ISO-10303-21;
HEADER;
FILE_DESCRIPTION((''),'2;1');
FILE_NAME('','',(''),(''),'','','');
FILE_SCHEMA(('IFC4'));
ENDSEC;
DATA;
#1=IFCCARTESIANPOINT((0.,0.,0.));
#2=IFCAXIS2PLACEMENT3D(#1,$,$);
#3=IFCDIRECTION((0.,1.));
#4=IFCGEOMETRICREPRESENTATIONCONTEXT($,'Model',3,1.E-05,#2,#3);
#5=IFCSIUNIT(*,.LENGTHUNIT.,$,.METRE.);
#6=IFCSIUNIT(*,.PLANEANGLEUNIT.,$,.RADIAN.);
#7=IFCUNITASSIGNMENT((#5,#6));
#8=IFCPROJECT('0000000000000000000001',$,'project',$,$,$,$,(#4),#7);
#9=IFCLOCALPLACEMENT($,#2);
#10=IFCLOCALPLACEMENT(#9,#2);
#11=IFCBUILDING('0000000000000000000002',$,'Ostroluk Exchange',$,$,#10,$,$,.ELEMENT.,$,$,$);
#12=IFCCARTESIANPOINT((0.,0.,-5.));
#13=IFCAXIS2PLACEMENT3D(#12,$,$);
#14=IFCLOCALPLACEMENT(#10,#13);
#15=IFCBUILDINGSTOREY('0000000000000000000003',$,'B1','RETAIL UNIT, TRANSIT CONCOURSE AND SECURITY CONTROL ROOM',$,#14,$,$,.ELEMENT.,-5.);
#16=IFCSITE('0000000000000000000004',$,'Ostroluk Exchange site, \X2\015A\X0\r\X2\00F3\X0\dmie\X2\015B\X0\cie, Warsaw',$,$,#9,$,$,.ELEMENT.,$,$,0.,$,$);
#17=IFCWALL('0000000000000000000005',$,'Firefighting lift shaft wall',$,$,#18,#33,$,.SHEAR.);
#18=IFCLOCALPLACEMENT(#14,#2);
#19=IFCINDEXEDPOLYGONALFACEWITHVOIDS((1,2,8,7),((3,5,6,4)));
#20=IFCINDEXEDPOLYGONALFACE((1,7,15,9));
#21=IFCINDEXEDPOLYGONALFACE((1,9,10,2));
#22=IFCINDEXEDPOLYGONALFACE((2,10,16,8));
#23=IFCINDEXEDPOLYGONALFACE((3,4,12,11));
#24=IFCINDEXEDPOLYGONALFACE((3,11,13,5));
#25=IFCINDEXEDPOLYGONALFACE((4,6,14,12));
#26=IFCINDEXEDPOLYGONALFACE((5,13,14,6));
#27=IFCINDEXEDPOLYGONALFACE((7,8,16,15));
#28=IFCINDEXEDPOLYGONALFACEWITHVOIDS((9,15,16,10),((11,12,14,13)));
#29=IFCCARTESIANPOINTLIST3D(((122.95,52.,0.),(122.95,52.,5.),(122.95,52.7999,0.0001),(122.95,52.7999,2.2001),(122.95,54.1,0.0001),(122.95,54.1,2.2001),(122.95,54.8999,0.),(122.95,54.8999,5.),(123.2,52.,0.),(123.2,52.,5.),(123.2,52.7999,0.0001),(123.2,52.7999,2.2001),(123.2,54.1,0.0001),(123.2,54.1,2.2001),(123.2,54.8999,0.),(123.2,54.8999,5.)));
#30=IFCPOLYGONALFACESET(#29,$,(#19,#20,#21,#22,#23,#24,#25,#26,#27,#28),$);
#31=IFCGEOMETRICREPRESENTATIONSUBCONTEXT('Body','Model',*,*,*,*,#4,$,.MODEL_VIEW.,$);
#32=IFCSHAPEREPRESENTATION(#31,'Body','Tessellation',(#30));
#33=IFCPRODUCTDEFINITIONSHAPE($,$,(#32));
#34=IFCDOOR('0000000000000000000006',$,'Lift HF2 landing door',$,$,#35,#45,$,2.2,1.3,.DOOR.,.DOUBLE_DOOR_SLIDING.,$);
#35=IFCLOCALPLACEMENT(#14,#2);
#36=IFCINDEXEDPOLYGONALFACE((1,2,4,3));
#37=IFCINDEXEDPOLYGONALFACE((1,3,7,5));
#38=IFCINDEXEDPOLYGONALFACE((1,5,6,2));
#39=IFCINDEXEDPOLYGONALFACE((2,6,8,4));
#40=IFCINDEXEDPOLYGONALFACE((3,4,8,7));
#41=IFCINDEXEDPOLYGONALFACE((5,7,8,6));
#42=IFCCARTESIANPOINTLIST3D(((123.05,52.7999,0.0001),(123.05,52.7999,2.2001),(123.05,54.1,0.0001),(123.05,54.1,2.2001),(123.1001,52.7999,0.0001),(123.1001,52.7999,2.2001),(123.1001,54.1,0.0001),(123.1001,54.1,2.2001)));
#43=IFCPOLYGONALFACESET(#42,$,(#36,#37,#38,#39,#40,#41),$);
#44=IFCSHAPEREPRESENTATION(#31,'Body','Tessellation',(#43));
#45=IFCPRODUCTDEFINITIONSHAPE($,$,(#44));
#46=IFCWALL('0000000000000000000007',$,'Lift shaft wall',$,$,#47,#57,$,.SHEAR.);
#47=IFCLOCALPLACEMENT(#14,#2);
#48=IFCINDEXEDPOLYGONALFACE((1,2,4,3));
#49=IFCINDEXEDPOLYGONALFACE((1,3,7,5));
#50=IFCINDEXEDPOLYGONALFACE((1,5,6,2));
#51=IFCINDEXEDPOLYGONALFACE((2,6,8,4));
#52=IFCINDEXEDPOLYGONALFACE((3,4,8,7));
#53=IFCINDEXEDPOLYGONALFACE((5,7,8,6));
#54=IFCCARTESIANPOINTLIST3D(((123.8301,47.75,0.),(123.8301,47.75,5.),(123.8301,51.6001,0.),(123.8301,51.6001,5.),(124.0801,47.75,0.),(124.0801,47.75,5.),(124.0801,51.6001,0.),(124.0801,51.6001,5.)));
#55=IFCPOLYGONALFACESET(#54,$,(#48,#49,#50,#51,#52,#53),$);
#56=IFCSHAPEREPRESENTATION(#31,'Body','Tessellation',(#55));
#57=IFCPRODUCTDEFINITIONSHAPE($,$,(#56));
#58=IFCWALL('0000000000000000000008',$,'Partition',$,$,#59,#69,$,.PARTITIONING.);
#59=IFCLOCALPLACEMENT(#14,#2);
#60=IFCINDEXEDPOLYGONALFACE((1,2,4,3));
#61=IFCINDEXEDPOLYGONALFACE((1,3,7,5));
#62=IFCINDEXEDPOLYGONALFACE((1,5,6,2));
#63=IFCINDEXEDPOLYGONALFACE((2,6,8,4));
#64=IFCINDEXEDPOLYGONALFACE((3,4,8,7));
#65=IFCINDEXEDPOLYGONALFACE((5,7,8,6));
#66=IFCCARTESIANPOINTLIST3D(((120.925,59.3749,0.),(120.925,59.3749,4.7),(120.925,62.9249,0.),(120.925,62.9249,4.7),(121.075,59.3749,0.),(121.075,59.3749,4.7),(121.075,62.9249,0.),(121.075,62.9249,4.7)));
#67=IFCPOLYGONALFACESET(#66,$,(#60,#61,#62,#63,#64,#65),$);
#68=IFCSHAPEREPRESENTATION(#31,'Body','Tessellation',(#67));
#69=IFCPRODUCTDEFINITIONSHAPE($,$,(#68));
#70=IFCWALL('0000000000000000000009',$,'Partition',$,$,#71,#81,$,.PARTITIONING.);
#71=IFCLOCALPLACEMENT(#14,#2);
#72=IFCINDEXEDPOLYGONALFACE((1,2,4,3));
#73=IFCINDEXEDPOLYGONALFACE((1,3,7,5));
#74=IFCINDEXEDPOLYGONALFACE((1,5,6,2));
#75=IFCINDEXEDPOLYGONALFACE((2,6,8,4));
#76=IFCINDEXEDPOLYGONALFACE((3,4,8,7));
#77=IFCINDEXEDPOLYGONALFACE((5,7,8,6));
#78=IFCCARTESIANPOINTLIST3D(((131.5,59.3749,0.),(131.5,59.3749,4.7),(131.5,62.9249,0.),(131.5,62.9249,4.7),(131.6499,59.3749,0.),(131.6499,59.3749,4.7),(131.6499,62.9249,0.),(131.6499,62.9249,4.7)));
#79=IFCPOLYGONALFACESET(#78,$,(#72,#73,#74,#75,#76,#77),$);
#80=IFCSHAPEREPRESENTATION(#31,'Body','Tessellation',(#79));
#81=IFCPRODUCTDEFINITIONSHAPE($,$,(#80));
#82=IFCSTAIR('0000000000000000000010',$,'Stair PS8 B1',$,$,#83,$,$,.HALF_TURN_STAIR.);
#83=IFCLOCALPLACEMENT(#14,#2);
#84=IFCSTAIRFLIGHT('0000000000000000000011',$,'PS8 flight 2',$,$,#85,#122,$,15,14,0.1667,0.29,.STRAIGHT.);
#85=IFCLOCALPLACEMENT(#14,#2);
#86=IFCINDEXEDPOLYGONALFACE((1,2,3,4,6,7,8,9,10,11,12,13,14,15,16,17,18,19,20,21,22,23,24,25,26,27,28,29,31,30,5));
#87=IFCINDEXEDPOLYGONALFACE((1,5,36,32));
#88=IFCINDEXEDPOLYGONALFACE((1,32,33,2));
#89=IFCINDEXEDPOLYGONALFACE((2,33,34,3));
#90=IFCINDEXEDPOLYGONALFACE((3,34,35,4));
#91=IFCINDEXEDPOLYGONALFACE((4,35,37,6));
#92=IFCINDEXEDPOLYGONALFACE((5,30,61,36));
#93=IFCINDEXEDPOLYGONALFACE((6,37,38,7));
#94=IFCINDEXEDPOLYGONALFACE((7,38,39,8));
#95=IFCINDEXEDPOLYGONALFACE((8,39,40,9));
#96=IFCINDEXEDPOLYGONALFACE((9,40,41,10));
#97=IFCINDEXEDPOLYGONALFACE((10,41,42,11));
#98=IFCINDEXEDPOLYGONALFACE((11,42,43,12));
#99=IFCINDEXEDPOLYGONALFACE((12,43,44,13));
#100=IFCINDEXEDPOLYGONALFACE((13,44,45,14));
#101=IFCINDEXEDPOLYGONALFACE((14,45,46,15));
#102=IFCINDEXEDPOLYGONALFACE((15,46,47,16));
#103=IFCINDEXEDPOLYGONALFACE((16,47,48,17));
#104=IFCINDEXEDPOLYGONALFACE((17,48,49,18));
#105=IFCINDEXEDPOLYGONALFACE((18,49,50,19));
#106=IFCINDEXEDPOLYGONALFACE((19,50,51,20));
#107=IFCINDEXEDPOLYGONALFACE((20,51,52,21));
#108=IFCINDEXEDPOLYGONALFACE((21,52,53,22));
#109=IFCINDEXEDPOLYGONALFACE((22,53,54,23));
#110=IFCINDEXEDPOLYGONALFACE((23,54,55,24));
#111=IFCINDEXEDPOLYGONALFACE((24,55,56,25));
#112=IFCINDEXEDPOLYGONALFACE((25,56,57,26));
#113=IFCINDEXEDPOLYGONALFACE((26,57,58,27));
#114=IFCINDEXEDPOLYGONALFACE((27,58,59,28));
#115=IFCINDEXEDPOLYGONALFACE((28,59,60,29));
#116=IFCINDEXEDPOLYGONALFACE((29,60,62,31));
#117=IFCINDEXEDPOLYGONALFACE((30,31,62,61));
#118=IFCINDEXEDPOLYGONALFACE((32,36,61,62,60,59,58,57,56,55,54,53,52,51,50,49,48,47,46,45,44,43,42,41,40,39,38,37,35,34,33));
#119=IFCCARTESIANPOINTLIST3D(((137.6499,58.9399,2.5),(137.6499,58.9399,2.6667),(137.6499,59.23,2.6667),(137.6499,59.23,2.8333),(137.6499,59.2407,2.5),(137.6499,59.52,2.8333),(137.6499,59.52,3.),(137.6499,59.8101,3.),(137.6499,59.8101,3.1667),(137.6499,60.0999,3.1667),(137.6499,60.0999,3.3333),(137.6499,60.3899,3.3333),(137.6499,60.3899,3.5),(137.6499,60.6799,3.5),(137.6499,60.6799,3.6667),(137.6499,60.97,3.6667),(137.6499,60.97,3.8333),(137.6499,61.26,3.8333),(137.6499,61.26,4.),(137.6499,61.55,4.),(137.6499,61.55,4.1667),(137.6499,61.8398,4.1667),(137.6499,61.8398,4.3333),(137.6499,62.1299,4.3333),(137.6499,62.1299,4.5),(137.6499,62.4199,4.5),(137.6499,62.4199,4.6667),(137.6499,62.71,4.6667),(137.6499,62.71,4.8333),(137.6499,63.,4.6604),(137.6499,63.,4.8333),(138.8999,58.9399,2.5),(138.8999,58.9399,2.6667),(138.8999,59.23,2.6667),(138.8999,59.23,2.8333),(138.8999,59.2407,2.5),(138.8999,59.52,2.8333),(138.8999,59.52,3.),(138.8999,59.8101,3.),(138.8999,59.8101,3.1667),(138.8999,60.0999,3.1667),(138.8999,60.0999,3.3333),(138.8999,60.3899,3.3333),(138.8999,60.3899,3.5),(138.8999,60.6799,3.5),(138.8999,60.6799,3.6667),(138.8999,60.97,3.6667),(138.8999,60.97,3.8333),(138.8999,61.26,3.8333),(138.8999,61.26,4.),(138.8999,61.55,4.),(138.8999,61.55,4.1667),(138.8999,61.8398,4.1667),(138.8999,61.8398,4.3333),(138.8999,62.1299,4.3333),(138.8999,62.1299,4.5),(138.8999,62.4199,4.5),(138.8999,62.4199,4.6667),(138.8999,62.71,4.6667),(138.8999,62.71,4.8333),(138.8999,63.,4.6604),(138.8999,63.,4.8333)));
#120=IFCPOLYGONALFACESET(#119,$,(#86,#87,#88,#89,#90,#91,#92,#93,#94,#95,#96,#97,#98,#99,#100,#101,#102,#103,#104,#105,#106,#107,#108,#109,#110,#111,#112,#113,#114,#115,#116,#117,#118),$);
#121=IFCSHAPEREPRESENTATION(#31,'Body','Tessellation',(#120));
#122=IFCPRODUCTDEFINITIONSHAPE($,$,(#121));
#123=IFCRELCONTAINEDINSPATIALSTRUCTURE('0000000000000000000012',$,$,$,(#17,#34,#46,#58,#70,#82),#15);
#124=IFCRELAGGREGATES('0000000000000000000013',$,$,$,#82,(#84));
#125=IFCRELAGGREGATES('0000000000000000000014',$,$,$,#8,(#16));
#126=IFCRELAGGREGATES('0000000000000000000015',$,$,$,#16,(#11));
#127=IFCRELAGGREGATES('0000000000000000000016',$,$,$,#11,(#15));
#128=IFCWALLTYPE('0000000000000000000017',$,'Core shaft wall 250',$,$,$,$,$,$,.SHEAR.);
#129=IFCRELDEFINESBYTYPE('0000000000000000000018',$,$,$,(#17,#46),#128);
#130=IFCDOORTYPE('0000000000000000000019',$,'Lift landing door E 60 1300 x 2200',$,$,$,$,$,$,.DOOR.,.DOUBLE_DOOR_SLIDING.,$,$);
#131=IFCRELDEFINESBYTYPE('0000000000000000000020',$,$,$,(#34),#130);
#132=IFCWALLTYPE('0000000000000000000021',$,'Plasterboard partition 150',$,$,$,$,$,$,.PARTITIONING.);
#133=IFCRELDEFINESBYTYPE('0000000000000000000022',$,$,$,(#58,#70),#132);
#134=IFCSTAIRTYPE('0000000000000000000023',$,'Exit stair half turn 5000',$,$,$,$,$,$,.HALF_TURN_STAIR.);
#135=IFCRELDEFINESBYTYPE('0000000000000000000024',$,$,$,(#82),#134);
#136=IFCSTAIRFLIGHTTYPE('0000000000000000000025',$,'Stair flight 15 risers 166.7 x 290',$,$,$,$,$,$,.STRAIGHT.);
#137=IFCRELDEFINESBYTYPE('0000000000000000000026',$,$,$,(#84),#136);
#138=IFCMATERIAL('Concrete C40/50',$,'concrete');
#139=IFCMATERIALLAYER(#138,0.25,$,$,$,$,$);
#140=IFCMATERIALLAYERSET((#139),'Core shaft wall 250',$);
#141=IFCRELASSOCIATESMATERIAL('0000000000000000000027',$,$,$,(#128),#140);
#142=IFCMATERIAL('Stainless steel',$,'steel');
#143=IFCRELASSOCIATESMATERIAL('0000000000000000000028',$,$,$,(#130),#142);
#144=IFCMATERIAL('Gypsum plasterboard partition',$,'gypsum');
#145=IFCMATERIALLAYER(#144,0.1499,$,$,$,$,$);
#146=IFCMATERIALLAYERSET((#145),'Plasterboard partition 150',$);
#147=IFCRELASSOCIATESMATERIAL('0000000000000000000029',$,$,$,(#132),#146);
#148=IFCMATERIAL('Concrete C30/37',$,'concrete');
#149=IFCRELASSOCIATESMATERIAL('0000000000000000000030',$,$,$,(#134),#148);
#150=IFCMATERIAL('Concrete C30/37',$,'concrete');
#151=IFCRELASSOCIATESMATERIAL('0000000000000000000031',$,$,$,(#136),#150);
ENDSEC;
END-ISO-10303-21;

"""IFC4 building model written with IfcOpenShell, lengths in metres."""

from ifc_helpers import new_model, si_unit, direction, frame, frame_2d, origin, place, context, subcontext, project, spatial, polyline, rectangle, outline, extrude, material, layer, layer_set, type_object, element, fill, aggregate, save


model = new_model("IFC4")

# Units and contexts
model_context = context("Model", 3, precision=1e-05, world=origin(), true_north=direction((0.0, 1.0)))
body_context = subcontext(model_context, "Body", "Model", "MODEL_VIEW")
ifc_project = project(units=[si_unit("LENGTHUNIT", "METRE"), si_unit("PLANEANGLEUNIT", "RADIAN")], contexts=[model_context])

# Site, building, storey
site_placement = place(None, origin())
site = spatial("IfcSite", under=ifc_project, at=site_placement, Name="Ostroluk Exchange site, Śródmieście, Warsaw", CompositionType="ELEMENT", RefElevation=0.0)
building_placement = place(site_placement, origin())
building = spatial("IfcBuilding", under=site, at=building_placement, Name="Ostroluk Exchange", CompositionType="ELEMENT")
storey_placement = place(building_placement, frame((0.0, 0.0, -5.0)))
storey = spatial("IfcBuildingStorey", under=building, at=storey_placement, Name="B1", Description="RETAIL UNIT, TRANSIT CONCOURSE AND SECURITY CONTROL ROOM", CompositionType="ELEMENT", Elevation=-5.0)

# Wall, opening, door
ifc_material_1 = material(Name="Concrete C40/50", Category="concrete")
ifc_layer_1 = layer(ifc_material_1, 0.25)
ifc_layer_set_1 = layer_set([ifc_layer_1], Name="Core shaft wall 250")
wall_type_1 = type_object("IfcWallType", Name="Core shaft wall 250", PredefinedType="SHEAR", material=ifc_layer_set_1)
wall_1_placement = place(storey_placement, frame((123.075, 52.0, 0.0), z_axis=(0.0, 0.0, 1.0), x_axis=(0.0, 1.0, 0.0)))
wall_1 = element("IfcWall", 1, at=wall_1_placement, inside=storey, type_object=wall_type_1, Name="Firefighting lift shaft wall", PredefinedType="SHEAR", context=body_context, shape_type="SweptSolid", body=[
    extrude(rectangle(XDim=2.8999, YDim=0.25, at=frame_2d((1.45, 0.0))), origin(), (0.0, 0.0, 1.0), 5.0),
])
opening_1_placement = place(wall_1_placement, frame((0.8, 0.0, 0.0)))
opening_1 = element("IfcOpeningElement", 2, at=opening_1_placement, cuts=wall_1, PredefinedType="OPENING", context=body_context, shape_type="SweptSolid", body=[
    extrude(rectangle(XDim=1.3, YDim=2.2, at=frame_2d((0.6499, 1.1001))), frame((0.0, 0.135, 0.0), z_axis=(0.0, -1.0, 0.0), x_axis=(1.0, 0.0, 0.0)), (0.0, 0.0, 1.0), 0.27),
])
ifc_material_2 = material(Name="Stainless steel", Category="steel")
door_type_1 = type_object("IfcDoorType", Name="Lift landing door E 60 1300 x 2200", OperationType="DOUBLE_DOOR_SLIDING", PredefinedType="DOOR", material=ifc_material_2)
door_1_placement = place(opening_1_placement, origin())
door_1 = element("IfcDoor", 3, at=door_1_placement, inside=storey, type_object=door_type_1, Name="Lift HF2 landing door", OperationType="DOUBLE_DOOR_SLIDING", OverallHeight=2.2, OverallWidth=1.3, PredefinedType="DOOR", context=body_context, shape_type="SweptSolid", body=[
    extrude(rectangle(XDim=1.3, YDim=2.2, at=frame_2d((0.6499, 1.1001))), frame((0.0, 0.0249, 0.0), z_axis=(0.0, -1.0, 0.0), x_axis=(1.0, 0.0, 0.0)), (0.0, 0.0, 1.0), 0.05),
])
fill(opening_1, door_1)

# Wall
wall_2_placement = place(storey_placement, frame((123.9551, 47.75, 0.0), z_axis=(0.0, 0.0, 1.0), x_axis=(0.0, 1.0, 0.0)))
element("IfcWall", 4, at=wall_2_placement, inside=storey, type_object=wall_type_1, Name="Lift shaft wall", PredefinedType="SHEAR", context=body_context, shape_type="SweptSolid", body=[
    extrude(rectangle(XDim=3.8501, YDim=0.25, at=frame_2d((1.925, 0.0))), origin(), (0.0, 0.0, 1.0), 5.0),
])

# Walls
ifc_material_3 = material(Name="Gypsum plasterboard partition", Category="gypsum")
ifc_layer_2 = layer(ifc_material_3, 0.1499)
ifc_layer_set_2 = layer_set([ifc_layer_2], Name="Plasterboard partition 150")
wall_type_2 = type_object("IfcWallType", Name="Plasterboard partition 150", PredefinedType="PARTITIONING", material=ifc_layer_set_2)
for number, where, z_axis, x_axis, name in (
    (5, (121.0, 59.375, 0.0), (0.0, 0.0, 1.0), (0.0, 1.0, 0.0), "Partition"),
    (6, (131.575, 59.375, 0.0), (0.0, 0.0, 1.0), (0.0, 1.0, 0.0), "Partition"),
):
    element("IfcWall", number, at=place(storey_placement, frame(where, z_axis=z_axis, x_axis=x_axis)), inside=storey, type_object=wall_type_2, Name=name, PredefinedType="PARTITIONING", context=body_context, shape_type="SweptSolid", body=[
        extrude(rectangle(XDim=3.55, YDim=0.1499, at=frame_2d((1.7749, 0.0))), origin(), (0.0, 0.0, 1.0), 4.7),
    ])

# Stair, stair flight
ifc_material_4 = material(Name="Concrete C30/37", Category="concrete")
stair_type = type_object("IfcStairType", Name="Exit stair half turn 5000", PredefinedType="HALF_TURN_STAIR", material=ifc_material_4)
stair_placement = place(storey_placement, origin())
stair = element("IfcStair", 7, at=stair_placement, inside=storey, type_object=stair_type, Name="Stair PS8 B1", PredefinedType="HALF_TURN_STAIR")
ifc_material_5 = material(Name="Concrete C30/37", Category="concrete")
stair_flight_type = type_object("IfcStairFlightType", Name="Stair flight 15 risers 166.7 x 290", PredefinedType="STRAIGHT", material=ifc_material_5)
stair_flight_placement = place(storey_placement, frame((138.2749, 58.9399, 2.5), z_axis=(0.0, 0.0, 1.0), x_axis=(0.0, 1.0, 0.0)))
stair_flight = element("IfcStairFlight", 8, at=stair_flight_placement, type_object=stair_flight_type, Name="PS8 flight 2", NumberOfRisers=15, NumberOfTreads=14, PredefinedType="STRAIGHT", RiserHeight=0.1667, TreadLength=0.29, context=body_context, shape_type="SweptSolid", body=[
    extrude(outline(polyline([(0.0, 0.0), (0.0, 0.1667), (0.29, 0.1667), (0.29, 0.3333), (0.5801, 0.3333), (0.5801, 0.5), (0.8701, 0.5), (0.8701, 0.6667), (1.1599, 0.6667), (1.1599, 0.8333), (1.45, 0.8333), (1.45, 1.0), (1.74, 1.0), (1.74, 1.1667), (2.03, 1.1667), (2.03, 1.3333), (2.3201, 1.3333), (2.3201, 1.5), (2.6101, 1.5), (2.6101, 1.6667), (2.8999, 1.6667), (2.8999, 1.8333), (3.1899, 1.8333), (3.1899, 2.0), (3.48, 2.0), (3.48, 2.1667), (3.77, 2.1667), (3.77, 2.3333), (4.0601, 2.3333), (4.0601, 2.5), (4.0601, 2.1604), (0.3008, 0.0), (0.0, 0.0)])), frame((0.0, 0.625, 0.0), z_axis=(0.0, -1.0, 0.0), x_axis=(1.0, 0.0, 0.0)), (0.0, 0.0, 1.0), 1.25),
])
aggregate(stair, [stair_flight])

save(model, "model.ifc")
